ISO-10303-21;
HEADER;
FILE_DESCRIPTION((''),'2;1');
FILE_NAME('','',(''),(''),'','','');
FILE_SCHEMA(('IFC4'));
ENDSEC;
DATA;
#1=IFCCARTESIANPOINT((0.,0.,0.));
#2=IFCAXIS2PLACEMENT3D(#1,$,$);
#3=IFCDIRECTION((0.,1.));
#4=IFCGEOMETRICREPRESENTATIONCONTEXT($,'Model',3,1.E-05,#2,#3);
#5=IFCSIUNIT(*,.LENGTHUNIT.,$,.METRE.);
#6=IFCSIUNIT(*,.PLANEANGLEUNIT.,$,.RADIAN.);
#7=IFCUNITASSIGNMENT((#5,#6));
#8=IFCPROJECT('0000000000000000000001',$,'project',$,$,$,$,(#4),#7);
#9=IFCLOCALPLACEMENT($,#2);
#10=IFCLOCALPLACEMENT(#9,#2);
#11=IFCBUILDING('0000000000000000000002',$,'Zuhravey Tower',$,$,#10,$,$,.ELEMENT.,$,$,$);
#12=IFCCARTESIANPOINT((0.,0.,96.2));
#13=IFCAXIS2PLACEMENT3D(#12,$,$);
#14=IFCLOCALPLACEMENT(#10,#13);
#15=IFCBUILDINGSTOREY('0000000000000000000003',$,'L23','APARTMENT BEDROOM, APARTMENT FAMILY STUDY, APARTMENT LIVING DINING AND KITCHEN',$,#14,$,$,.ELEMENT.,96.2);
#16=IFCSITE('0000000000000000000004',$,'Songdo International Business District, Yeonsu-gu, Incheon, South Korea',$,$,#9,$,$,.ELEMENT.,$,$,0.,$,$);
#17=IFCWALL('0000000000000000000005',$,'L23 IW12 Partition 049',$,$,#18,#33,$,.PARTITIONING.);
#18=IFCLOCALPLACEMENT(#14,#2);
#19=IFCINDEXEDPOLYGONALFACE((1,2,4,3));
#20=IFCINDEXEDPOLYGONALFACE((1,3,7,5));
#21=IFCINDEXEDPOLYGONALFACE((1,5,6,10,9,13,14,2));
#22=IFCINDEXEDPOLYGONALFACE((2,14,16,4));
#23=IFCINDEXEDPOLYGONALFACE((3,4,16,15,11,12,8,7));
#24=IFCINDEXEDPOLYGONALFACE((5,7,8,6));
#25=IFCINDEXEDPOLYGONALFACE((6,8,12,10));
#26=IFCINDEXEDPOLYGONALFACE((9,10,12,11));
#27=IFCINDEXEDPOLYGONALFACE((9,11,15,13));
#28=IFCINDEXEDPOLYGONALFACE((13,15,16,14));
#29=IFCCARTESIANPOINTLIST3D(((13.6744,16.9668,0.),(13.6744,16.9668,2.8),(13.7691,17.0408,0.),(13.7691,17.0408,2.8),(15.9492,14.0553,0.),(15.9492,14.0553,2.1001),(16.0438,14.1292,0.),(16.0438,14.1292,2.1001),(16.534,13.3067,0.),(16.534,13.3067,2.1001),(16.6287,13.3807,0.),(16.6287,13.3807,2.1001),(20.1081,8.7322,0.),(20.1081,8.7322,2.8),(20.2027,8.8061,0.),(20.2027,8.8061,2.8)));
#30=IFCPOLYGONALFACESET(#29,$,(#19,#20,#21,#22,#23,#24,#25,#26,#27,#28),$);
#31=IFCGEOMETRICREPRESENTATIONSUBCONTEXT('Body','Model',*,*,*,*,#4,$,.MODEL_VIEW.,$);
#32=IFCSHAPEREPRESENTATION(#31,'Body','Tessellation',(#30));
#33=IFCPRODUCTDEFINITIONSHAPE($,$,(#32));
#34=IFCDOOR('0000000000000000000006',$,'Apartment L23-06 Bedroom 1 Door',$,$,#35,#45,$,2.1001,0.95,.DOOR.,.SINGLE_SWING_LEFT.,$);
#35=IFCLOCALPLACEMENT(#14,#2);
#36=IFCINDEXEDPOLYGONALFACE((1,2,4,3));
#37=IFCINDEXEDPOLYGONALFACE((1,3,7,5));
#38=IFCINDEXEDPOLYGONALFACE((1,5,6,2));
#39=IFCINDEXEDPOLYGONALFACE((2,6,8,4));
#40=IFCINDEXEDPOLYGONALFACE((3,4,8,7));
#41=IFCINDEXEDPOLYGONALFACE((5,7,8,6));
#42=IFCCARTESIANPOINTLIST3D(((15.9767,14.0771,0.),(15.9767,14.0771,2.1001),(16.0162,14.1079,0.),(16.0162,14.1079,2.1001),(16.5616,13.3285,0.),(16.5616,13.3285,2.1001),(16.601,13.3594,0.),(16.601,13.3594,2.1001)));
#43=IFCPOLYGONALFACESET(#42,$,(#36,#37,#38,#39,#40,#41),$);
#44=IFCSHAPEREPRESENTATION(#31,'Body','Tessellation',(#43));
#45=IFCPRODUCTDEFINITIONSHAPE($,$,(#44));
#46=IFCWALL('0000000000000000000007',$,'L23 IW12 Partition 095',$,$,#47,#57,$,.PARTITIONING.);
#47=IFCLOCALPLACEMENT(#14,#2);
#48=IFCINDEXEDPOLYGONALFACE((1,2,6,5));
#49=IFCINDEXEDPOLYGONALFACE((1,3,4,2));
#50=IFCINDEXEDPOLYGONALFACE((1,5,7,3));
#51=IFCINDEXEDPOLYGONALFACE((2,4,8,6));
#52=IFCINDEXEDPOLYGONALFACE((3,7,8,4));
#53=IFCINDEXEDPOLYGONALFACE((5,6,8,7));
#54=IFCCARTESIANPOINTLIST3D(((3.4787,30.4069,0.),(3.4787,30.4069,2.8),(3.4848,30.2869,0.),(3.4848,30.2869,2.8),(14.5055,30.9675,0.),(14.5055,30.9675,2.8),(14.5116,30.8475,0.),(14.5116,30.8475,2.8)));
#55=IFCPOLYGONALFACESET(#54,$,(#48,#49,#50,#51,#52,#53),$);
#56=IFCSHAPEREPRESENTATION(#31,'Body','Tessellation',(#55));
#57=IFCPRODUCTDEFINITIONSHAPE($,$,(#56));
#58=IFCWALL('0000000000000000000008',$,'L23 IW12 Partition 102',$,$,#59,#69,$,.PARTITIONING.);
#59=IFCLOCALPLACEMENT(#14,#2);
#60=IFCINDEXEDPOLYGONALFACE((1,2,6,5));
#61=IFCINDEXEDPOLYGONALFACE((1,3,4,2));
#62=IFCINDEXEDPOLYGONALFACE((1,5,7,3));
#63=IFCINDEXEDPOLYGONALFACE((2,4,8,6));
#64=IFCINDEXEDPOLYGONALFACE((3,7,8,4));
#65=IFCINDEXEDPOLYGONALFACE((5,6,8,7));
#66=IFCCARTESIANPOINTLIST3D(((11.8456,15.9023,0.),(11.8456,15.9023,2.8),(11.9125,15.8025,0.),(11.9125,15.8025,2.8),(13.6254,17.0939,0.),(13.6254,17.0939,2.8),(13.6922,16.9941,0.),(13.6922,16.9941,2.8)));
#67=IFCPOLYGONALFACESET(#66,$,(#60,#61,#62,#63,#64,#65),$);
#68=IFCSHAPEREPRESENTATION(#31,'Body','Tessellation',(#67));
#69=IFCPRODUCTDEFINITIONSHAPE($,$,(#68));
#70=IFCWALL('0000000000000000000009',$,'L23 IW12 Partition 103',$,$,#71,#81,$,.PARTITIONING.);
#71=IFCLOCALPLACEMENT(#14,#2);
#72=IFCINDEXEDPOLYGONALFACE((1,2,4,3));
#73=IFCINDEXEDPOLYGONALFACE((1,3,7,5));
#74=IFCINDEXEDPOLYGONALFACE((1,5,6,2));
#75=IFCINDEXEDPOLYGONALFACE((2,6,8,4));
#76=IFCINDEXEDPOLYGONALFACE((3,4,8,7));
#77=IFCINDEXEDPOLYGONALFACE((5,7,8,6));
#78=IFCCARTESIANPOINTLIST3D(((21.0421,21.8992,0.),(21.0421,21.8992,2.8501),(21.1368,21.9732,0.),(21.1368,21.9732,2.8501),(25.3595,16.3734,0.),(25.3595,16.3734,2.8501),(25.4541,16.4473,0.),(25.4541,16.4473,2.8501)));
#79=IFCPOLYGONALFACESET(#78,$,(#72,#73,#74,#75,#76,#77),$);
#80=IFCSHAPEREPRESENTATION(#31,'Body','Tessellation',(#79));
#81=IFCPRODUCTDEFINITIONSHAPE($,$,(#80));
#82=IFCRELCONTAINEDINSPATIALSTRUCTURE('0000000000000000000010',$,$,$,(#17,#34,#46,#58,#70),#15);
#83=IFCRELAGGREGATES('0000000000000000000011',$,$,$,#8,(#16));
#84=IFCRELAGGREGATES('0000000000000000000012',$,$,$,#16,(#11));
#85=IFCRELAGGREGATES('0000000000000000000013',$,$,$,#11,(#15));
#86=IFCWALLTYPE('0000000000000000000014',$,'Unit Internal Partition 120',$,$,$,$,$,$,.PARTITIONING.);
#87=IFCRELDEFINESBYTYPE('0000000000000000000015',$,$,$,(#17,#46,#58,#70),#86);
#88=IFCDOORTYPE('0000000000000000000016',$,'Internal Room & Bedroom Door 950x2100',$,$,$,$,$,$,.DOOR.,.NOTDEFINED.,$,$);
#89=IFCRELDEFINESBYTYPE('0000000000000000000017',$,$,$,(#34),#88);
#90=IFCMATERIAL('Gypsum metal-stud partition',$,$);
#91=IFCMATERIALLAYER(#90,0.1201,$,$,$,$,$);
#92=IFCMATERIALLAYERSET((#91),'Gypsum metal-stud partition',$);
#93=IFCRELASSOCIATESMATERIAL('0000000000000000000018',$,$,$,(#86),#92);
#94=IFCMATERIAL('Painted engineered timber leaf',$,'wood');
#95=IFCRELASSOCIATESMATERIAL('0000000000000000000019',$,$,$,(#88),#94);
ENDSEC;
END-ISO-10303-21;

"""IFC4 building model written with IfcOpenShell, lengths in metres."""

from ifc_helpers import new_model, si_unit, direction, frame, frame_2d, origin, place, context, subcontext, project, spatial, rectangle, extrude, material, layer, layer_set, type_object, element, fill, save


model = new_model("IFC4")

# Units and contexts
model_context = context("Model", 3, precision=1e-05, world=origin(), true_north=direction((0.0, 1.0)))
body_context = subcontext(model_context, "Body", "Model", "MODEL_VIEW")
ifc_project = project(units=[si_unit("LENGTHUNIT", "METRE"), si_unit("PLANEANGLEUNIT", "RADIAN")], contexts=[model_context])

# Site, building, storey
site_placement = place(None, origin())
site = spatial("IfcSite", under=ifc_project, at=site_placement, Name="Songdo International Business District, Yeonsu-gu, Incheon, South Korea", CompositionType="ELEMENT", RefElevation=0.0)
building_placement = place(site_placement, origin())
building = spatial("IfcBuilding", under=site, at=building_placement, Name="Zuhravey Tower", CompositionType="ELEMENT")
storey_placement = place(building_placement, frame((0.0, 0.0, 96.2)))
storey = spatial("IfcBuildingStorey", under=building, at=storey_placement, Name="L23", Description="APARTMENT BEDROOM, APARTMENT FAMILY STUDY, APARTMENT LIVING DINING AND KITCHEN", CompositionType="ELEMENT", Elevation=96.2)

# Shared definitions
ifc_material_1 = material(Name="Gypsum metal-stud partition")
ifc_layer_1 = layer(ifc_material_1, 0.1201)
ifc_layer_set_1 = layer_set([ifc_layer_1], Name="Gypsum metal-stud partition")
wall_type_1 = type_object("IfcWallType", Name="Unit Internal Partition 120", PredefinedType="PARTITIONING", material=ifc_layer_set_1)

# Wall, opening, door
ifc_material_2 = material(Name="Painted engineered timber leaf", Category="wood")
door_type_1 = type_object("IfcDoorType", Name="Internal Room & Bedroom Door 950x2100", OperationType="NOTDEFINED", PredefinedType="DOOR", material=ifc_material_2)
wall_1_placement = place(storey_placement, frame((13.7217, 17.0039, 0.0), z_axis=(0.0, 0.0, 1.0), x_axis=(0.615662, -0.788011, 0.0)))
wall_1 = element("IfcWall", 1, at=wall_1_placement, inside=storey, type_object=wall_type_1, Name="L23 IW12 Partition 049", PredefinedType="PARTITIONING", context=body_context, shape_type="SweptSolid", body=[
    extrude(rectangle(XDim=10.45, YDim=0.1201, at=frame_2d((5.2251, 0.0))), origin(), (0.0, 0.0, 1.0), 2.8),
])
opening_1_placement = place(wall_1_placement, frame((3.6948, 0.0, 0.0)))
opening_1 = element("IfcOpeningElement", 2, at=opening_1_placement, cuts=wall_1, PredefinedType="OPENING", context=body_context, shape_type="SweptSolid", body=[
    extrude(rectangle(XDim=0.95, YDim=2.1001, at=frame_2d((0.4751, 1.05))), frame((0.0, 0.072, 0.0), z_axis=(0.0, -1.0, 0.0), x_axis=(1.0, 0.0, 0.0)), (0.0, 0.0, 1.0), 0.144),
])
door_1_placement = place(opening_1_placement, frame((0.95, 0.0, 0.0), z_axis=(0.0, 0.0, 1.0), x_axis=(-1.0, 0.0, 0.0)))
door_1 = element("IfcDoor", 3, at=door_1_placement, inside=storey, type_object=door_type_1, Name="Apartment L23-06 Bedroom 1 Door", OperationType="SINGLE_SWING_LEFT", OverallHeight=2.1001, OverallWidth=0.95, PredefinedType="DOOR", context=body_context, shape_type="SweptSolid", body=[
    extrude(rectangle(XDim=0.95, YDim=2.1001, at=frame_2d((0.4751, 1.05))), frame((0.0, 0.0249, 0.0), z_axis=(0.0, -1.0, 0.0), x_axis=(1.0, 0.0, 0.0)), (0.0, 0.0, 1.0), 0.05),
])
fill(opening_1, door_1)

# Walls
wall_2_placement = place(storey_placement, frame((14.5085, 30.9075, 0.0), z_axis=(0.0, 0.0, 1.0), x_axis=(-0.99871, -0.050769, 0.0)))
element("IfcWall", 4, at=wall_2_placement, inside=storey, type_object=wall_type_1, Name="L23 IW12 Partition 095", PredefinedType="PARTITIONING", context=body_context, shape_type="SweptSolid", body=[
    extrude(rectangle(XDim=11.041, YDim=0.1201, at=frame_2d((5.5205, 0.0))), origin(), (0.0, 0.0, 1.0), 2.8),
])
wall_3_placement = place(storey_placement, frame((13.6587, 17.0439, 0.0), z_axis=(0.0, 0.0, 1.0), x_axis=(-0.830944, -0.556356, 0.0)))
element("IfcWall", 5, at=wall_3_placement, inside=storey, type_object=wall_type_1, Name="L23 IW12 Partition 102", PredefinedType="PARTITIONING", context=body_context, shape_type="SweptSolid", body=[
    extrude(rectangle(XDim=2.1418, YDim=0.1201, at=frame_2d((1.0708, 0.0))), origin(), (0.0, 0.0, 1.0), 2.8),
])
wall_4_placement = place(storey_placement, frame((21.0894, 21.9363, 0.0), z_axis=(0.0, 0.0, 1.0), x_axis=(0.61567, -0.788004, 0.0)))
element("IfcWall", 6, at=wall_4_placement, inside=storey, type_object=wall_type_1, Name="L23 IW12 Partition 103", PredefinedType="PARTITIONING", context=body_context, shape_type="SweptSolid", body=[
    extrude(rectangle(XDim=7.0125, YDim=0.1201, at=frame_2d((3.5063, 0.0))), origin(), (0.0, 0.0, 1.0), 2.8501),
])

save(model, "model.ifc")
